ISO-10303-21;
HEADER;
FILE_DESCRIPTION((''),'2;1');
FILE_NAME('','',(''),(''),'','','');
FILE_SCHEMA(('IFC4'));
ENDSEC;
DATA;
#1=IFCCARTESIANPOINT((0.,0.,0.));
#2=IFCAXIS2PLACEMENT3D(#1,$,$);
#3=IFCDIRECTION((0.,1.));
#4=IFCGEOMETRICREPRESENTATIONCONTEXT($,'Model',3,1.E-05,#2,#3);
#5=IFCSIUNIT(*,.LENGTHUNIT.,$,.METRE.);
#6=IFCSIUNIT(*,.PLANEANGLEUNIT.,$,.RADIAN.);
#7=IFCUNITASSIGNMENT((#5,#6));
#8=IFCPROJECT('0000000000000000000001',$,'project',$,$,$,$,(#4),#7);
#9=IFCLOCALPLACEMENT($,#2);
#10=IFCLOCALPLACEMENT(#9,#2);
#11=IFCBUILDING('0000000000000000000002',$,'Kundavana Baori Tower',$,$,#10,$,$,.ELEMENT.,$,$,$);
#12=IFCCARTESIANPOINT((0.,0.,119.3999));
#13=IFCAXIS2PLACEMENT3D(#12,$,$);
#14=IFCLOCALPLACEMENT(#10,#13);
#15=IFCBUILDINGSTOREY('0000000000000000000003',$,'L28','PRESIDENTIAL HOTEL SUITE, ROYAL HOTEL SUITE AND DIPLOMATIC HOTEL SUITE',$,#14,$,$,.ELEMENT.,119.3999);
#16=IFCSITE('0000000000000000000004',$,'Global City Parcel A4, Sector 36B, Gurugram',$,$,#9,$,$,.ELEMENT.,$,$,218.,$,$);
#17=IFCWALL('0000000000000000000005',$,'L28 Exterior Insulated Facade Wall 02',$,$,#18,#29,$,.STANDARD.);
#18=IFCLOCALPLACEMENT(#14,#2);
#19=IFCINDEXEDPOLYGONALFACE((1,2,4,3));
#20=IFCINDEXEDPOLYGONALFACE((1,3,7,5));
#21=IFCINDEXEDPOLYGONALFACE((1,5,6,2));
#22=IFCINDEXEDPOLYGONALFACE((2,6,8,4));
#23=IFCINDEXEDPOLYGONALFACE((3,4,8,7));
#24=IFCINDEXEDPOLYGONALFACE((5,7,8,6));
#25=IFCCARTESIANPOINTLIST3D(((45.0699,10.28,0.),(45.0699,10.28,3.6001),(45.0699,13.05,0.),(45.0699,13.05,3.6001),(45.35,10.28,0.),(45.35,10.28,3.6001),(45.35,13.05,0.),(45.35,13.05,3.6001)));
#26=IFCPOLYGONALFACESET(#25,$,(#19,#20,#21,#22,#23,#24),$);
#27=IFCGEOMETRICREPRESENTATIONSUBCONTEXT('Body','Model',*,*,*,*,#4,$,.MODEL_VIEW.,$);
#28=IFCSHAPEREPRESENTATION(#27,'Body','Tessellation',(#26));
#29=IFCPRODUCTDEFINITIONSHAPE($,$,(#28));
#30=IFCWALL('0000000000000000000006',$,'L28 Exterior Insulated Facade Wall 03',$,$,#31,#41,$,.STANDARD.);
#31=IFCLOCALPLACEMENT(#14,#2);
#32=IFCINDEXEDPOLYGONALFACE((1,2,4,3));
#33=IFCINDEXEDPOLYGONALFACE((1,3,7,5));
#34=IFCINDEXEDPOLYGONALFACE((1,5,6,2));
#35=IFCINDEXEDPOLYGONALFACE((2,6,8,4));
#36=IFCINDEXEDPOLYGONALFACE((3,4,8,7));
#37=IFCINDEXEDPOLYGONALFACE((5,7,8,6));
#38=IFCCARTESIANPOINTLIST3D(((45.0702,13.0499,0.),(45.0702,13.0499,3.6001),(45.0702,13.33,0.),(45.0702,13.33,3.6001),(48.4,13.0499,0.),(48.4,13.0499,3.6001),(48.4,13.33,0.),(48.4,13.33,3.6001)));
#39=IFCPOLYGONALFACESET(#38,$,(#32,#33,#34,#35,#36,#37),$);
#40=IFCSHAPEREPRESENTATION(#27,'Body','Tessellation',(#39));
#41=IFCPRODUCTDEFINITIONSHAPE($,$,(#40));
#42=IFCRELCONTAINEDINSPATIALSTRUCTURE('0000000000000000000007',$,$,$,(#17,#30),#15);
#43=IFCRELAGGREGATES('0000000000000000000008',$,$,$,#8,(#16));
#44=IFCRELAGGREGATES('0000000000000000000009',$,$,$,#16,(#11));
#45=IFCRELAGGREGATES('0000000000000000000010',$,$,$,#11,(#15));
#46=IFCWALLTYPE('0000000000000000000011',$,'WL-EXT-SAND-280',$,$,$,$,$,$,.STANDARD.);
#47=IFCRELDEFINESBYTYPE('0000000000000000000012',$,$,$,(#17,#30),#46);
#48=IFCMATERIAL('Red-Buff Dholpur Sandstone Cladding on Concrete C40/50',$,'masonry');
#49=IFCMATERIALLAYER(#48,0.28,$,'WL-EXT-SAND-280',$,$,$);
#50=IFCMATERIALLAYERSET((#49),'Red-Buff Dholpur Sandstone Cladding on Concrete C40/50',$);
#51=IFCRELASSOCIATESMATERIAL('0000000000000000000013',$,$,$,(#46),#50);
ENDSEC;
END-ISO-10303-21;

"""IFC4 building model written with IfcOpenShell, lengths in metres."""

from ifc_helpers import new_model, si_unit, direction, frame, frame_2d, origin, place, context, subcontext, project, spatial, rectangle, extrude, material, layer, layer_set, type_object, element, save


model = new_model("IFC4")

# Units and contexts
model_context = context("Model", 3, precision=1e-05, world=origin(), true_north=direction((0.0, 1.0)))
body_context = subcontext(model_context, "Body", "Model", "MODEL_VIEW")
ifc_project = project(units=[si_unit("LENGTHUNIT", "METRE"), si_unit("PLANEANGLEUNIT", "RADIAN")], contexts=[model_context])

# Site, building, storey
site_placement = place(None, origin())
site = spatial("IfcSite", under=ifc_project, at=site_placement, Name="Global City Parcel A4, Sector 36B, Gurugram", CompositionType="ELEMENT", RefElevation=218.0)
building_placement = place(site_placement, origin())
building = spatial("IfcBuilding", under=site, at=building_placement, Name="Kundavana Baori Tower", CompositionType="ELEMENT")
storey_placement = place(building_placement, frame((0.0, 0.0, 119.3999)))
storey = spatial("IfcBuildingStorey", under=building, at=storey_placement, Name="L28", Description="PRESIDENTIAL HOTEL SUITE, ROYAL HOTEL SUITE AND DIPLOMATIC HOTEL SUITE", CompositionType="ELEMENT", Elevation=119.3999)

# Walls
ifc_material_1 = material(Name="Red-Buff Dholpur Sandstone Cladding on Concrete C40/50", Category="masonry")
ifc_layer_1 = layer(ifc_material_1, 0.28, Name="WL-EXT-SAND-280")
ifc_layer_set_1 = layer_set([ifc_layer_1], Name="Red-Buff Dholpur Sandstone Cladding on Concrete C40/50")
wall_type_1 = type_object("IfcWallType", Name="WL-EXT-SAND-280", PredefinedType="STANDARD", material=ifc_layer_set_1)
wall_1_placement = place(storey_placement, frame((45.21, 10.28, 0.0), z_axis=(0.0, 0.0, 1.0), x_axis=(0.0, 1.0, 0.0)))
element("IfcWall", 1, at=wall_1_placement, inside=storey, type_object=wall_type_1, Name="L28 Exterior Insulated Facade Wall 02", PredefinedType="STANDARD", context=body_context, shape_type="SweptSolid", body=[
    extrude(rectangle(XDim=2.77, YDim=0.28, at=frame_2d((1.385, 0.0))), origin(), (0.0, 0.0, 1.0), 3.6001),
])
wall_2_placement = place(storey_placement, frame((45.0701, 13.1899, 0.0), z_axis=(0.0, 0.0, 1.0), x_axis=(1.0, 0.0, 0.0)))
element("IfcWall", 2, at=wall_2_placement, inside=storey, type_object=wall_type_1, Name="L28 Exterior Insulated Facade Wall 03", PredefinedType="STANDARD", context=body_context, shape_type="SweptSolid", body=[
    extrude(rectangle(XDim=3.3298, YDim=0.28, at=frame_2d((1.665, 0.0))), origin(), (0.0, 0.0, 1.0), 3.6001),
])

save(model, "model.ifc")
